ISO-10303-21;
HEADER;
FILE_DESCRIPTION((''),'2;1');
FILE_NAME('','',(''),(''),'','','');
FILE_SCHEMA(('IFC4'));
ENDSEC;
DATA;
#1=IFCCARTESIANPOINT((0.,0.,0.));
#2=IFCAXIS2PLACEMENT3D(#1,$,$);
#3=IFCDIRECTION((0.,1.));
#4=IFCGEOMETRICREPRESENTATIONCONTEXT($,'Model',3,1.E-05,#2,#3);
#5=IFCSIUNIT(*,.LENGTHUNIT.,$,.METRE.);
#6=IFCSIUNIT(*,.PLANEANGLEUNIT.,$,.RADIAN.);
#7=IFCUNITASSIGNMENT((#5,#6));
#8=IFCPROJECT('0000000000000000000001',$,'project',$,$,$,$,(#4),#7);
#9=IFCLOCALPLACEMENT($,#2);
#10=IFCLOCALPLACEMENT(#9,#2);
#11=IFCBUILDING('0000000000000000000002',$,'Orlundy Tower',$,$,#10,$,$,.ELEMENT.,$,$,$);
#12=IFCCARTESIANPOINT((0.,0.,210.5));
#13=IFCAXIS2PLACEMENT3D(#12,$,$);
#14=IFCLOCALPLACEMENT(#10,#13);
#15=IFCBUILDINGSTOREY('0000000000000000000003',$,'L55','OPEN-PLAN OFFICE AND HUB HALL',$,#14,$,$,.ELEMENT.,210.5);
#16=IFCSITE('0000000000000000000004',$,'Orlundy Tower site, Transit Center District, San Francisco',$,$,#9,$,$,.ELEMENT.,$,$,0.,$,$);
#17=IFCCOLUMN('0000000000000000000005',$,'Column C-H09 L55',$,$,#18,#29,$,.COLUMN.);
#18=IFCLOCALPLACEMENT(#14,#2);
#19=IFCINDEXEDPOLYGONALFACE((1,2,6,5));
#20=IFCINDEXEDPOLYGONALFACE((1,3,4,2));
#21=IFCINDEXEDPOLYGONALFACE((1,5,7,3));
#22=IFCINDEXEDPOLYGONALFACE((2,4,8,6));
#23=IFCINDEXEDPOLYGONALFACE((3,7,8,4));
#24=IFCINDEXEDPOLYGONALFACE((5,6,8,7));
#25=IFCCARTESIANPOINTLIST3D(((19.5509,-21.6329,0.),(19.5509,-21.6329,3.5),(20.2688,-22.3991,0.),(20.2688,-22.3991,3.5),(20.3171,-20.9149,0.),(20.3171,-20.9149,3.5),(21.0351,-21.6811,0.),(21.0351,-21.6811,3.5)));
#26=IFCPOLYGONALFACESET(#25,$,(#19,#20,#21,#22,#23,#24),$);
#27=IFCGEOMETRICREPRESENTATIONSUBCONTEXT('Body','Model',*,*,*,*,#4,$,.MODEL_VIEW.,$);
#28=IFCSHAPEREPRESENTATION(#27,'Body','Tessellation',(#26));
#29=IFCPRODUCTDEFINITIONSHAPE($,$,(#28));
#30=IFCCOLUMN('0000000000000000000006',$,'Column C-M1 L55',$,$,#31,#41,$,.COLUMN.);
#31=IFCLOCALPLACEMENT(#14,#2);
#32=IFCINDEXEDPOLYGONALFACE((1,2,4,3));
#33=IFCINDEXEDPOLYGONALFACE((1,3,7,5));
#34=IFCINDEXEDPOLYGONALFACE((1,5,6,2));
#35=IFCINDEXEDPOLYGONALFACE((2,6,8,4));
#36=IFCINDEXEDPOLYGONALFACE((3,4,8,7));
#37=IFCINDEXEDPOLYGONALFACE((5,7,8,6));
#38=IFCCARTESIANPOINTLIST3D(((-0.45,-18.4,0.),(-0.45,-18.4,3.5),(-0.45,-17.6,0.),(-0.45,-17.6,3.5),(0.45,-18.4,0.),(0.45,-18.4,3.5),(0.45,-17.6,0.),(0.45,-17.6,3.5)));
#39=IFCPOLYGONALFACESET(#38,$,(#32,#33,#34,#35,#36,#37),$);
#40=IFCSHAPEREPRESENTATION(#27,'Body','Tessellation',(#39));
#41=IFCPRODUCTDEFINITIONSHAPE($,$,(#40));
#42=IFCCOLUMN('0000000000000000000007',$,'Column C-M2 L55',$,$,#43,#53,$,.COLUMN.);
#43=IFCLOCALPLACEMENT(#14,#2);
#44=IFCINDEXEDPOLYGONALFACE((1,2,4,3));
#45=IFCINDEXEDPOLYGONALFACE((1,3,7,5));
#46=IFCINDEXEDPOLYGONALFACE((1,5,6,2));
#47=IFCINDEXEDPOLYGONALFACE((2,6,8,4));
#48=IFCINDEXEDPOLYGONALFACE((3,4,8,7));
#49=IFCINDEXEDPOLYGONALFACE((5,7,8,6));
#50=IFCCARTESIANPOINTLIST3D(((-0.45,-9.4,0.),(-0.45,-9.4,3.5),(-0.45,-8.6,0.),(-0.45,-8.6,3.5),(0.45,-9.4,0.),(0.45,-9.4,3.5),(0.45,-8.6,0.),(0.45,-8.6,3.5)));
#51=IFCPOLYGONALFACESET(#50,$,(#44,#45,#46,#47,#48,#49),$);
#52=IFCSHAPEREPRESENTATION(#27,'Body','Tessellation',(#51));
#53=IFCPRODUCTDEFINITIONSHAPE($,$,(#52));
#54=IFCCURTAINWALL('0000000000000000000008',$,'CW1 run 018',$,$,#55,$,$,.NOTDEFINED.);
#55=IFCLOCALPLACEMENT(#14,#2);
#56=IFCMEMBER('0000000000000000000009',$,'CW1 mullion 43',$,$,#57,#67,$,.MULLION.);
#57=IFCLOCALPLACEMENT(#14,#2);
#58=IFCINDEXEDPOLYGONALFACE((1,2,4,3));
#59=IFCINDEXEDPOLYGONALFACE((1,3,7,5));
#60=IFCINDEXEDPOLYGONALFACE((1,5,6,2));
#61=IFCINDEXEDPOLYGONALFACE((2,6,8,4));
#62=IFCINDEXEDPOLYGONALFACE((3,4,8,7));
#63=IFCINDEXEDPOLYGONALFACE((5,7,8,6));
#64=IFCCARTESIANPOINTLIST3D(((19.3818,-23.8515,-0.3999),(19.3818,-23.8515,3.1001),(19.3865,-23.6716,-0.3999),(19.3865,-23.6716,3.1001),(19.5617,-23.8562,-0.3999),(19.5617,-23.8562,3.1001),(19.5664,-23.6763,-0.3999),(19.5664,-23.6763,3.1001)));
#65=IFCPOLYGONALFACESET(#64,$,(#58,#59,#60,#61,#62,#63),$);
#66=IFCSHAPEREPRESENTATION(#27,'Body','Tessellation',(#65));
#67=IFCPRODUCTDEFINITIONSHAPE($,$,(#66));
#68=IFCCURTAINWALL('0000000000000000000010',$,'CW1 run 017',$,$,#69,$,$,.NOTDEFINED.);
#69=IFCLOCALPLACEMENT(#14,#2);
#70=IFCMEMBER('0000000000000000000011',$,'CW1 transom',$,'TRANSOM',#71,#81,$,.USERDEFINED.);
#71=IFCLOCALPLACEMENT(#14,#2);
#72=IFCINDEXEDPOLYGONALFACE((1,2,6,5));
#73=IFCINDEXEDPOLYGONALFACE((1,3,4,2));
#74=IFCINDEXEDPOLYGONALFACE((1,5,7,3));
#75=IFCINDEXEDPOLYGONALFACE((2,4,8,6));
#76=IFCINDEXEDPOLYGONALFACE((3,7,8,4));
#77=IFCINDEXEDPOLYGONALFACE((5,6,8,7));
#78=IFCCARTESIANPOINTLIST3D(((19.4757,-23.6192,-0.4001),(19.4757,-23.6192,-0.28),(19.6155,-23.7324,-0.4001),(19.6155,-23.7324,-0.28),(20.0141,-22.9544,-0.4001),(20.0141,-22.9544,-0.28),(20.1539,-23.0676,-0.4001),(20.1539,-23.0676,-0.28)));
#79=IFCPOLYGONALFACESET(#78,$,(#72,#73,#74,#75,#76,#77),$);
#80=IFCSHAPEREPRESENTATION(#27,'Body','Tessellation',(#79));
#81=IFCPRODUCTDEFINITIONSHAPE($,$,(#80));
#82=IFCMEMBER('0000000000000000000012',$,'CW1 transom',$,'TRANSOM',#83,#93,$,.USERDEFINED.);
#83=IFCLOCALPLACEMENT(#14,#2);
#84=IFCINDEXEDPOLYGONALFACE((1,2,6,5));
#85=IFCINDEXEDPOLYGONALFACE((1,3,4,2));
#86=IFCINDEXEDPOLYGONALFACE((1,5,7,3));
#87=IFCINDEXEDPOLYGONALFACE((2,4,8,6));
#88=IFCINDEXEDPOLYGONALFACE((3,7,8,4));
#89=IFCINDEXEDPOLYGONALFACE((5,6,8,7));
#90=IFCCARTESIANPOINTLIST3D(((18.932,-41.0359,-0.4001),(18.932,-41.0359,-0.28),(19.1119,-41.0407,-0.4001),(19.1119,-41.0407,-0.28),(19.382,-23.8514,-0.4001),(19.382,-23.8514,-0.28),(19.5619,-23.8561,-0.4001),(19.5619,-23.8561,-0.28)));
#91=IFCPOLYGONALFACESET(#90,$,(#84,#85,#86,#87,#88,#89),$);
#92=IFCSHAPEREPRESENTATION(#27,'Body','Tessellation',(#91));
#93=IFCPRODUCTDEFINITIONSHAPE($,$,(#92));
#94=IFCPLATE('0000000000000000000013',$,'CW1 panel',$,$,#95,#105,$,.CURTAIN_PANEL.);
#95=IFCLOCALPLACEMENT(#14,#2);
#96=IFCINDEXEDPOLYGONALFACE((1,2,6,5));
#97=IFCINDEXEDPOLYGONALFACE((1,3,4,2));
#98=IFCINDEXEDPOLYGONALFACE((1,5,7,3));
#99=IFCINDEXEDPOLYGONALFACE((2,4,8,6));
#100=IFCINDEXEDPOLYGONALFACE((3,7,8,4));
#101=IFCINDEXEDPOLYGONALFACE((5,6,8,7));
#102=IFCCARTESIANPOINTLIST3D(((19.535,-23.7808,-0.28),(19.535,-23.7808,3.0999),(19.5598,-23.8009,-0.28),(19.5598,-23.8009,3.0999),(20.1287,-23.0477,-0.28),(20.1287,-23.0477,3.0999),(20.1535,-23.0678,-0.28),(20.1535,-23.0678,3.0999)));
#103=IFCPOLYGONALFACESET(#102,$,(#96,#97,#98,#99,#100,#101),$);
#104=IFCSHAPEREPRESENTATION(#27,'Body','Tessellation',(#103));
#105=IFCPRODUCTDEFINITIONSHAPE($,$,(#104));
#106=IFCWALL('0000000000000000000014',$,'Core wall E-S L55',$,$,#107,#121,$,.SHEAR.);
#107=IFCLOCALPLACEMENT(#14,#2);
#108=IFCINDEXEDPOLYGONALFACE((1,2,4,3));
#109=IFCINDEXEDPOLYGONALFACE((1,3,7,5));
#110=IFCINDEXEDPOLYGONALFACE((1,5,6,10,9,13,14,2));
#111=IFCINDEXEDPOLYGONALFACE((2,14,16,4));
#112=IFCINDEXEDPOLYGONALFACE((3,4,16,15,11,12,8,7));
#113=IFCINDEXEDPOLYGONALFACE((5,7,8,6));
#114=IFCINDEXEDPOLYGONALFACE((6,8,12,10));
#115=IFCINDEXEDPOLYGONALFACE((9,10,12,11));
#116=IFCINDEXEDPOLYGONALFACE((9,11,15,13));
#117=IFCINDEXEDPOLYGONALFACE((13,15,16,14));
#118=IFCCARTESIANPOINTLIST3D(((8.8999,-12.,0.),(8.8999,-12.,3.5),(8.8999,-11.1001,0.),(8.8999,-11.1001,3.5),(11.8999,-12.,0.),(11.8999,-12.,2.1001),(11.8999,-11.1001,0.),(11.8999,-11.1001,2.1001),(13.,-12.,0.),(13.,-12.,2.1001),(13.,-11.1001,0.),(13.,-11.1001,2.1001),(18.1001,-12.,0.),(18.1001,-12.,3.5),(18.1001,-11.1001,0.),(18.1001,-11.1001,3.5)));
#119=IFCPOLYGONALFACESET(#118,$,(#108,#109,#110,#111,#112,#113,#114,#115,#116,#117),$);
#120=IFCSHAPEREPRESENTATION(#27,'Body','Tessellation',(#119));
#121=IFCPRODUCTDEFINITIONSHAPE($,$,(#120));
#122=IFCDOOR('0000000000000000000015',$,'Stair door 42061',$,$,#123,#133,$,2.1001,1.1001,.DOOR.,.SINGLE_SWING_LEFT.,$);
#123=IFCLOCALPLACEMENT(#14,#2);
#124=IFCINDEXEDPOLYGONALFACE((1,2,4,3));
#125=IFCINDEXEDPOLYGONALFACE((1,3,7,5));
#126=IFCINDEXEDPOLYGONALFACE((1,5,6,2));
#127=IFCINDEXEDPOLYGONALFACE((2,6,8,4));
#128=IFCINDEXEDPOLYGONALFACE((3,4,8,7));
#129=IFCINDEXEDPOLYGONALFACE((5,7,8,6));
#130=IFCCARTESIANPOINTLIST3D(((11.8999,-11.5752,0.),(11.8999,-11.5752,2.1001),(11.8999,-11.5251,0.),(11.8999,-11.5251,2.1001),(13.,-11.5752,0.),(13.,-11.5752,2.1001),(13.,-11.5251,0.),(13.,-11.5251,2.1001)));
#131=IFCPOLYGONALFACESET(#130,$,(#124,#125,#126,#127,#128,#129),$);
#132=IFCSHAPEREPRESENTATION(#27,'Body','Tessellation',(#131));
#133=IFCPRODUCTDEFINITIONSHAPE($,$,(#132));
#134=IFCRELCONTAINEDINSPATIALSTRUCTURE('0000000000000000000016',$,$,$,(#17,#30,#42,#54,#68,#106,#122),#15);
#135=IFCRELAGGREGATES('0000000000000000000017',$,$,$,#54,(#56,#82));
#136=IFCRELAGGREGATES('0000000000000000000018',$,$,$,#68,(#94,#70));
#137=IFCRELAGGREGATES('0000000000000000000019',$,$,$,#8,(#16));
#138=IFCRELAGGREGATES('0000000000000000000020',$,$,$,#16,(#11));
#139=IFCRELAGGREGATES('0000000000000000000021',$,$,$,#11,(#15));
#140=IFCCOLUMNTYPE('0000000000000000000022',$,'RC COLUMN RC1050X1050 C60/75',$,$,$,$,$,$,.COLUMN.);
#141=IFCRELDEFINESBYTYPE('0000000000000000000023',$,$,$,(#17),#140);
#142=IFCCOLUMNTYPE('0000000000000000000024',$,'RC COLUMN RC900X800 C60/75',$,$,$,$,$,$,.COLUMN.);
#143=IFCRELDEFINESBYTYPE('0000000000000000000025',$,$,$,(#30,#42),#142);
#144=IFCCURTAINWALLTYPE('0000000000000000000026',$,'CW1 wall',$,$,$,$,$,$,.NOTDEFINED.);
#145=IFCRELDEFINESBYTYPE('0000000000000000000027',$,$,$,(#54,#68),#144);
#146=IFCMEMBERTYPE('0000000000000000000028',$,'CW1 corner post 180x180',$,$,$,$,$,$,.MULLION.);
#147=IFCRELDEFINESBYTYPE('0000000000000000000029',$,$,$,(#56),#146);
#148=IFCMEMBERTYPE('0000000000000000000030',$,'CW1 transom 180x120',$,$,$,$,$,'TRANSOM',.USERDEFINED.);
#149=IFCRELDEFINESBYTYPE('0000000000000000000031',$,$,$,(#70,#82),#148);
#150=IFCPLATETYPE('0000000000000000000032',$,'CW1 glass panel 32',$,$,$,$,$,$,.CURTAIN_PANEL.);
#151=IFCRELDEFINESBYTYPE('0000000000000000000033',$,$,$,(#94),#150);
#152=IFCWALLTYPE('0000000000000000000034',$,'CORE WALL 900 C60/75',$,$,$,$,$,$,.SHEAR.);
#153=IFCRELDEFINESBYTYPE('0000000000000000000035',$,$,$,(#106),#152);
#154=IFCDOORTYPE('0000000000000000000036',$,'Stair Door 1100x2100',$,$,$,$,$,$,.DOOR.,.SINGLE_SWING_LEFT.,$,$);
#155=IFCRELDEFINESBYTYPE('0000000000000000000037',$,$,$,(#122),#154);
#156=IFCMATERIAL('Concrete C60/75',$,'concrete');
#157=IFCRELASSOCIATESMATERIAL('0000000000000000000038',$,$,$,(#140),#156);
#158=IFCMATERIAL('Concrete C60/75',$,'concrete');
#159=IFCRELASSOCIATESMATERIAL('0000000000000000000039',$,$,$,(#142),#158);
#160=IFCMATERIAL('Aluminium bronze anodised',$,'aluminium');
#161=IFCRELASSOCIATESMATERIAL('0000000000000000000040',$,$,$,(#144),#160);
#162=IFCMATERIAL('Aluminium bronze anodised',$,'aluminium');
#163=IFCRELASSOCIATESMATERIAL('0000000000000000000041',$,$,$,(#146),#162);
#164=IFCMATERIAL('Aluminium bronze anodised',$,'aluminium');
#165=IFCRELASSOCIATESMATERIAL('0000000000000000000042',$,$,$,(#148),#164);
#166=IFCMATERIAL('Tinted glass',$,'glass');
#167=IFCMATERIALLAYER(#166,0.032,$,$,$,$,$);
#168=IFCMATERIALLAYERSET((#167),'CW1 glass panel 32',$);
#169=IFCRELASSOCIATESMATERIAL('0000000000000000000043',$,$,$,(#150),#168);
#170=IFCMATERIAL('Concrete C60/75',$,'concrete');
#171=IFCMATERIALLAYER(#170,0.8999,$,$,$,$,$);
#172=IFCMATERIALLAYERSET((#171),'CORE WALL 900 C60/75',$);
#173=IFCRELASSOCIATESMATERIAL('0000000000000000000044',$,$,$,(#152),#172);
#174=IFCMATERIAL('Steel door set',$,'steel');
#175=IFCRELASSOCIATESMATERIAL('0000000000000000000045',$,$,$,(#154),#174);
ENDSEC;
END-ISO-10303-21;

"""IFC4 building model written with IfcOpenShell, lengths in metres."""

from ifc_helpers import new_model, si_unit, direction, frame, frame_2d, origin, origin_2d, place, context, subcontext, project, spatial, rectangle, extrude, material, layer, layer_set, material_profile, profile_set, type_object, element, fill, aggregate, save


model = new_model("IFC4")

# Units and contexts
model_context = context("Model", 3, precision=1e-05, world=origin(), true_north=direction((0.0, 1.0)))
body_context = subcontext(model_context, "Body", "Model", "MODEL_VIEW")
ifc_project = project(units=[si_unit("LENGTHUNIT", "METRE"), si_unit("PLANEANGLEUNIT", "RADIAN")], contexts=[model_context])

# Site, building, storey
site_placement = place(None, origin())
site = spatial("IfcSite", under=ifc_project, at=site_placement, Name="Orlundy Tower site, Transit Center District, San Francisco", CompositionType="ELEMENT", RefElevation=0.0)
building_placement = place(site_placement, origin())
building = spatial("IfcBuilding", under=site, at=building_placement, Name="Orlundy Tower", CompositionType="ELEMENT")
storey_placement = place(building_placement, frame((0.0, 0.0, 210.5)))
storey = spatial("IfcBuildingStorey", under=building, at=storey_placement, Name="L55", Description="OPEN-PLAN OFFICE AND HUB HALL", CompositionType="ELEMENT", Elevation=210.5)

# Columns
ifc_material_1 = material(Name="Concrete C60/75", Category="concrete")
ifc_material_profile_1 = material_profile(ifc_material_1, rectangle(XDim=1.05, YDim=1.05, at=origin_2d()), Name="RC1050X1050")
ifc_profile_set_1 = profile_set([ifc_material_profile_1], Name="Concrete C60/75")
column_type_1 = type_object("IfcColumnType", Name="RC COLUMN RC1050X1050 C60/75", PredefinedType="COLUMN", material=ifc_profile_set_1)
column_placement = place(storey_placement, frame((20.293, -21.657, 0.0), z_axis=(0.0, 0.0, 1.0), x_axis=(0.683758, -0.729709, 0.0)))
element("IfcColumn", 1, at=column_placement, inside=storey, type_object=column_type_1, Name="Column C-H09 L55", PredefinedType="COLUMN", context=body_context, shape_type="SweptSolid", body=[
    extrude(rectangle(XDim=1.05, YDim=1.05, at=origin_2d()), origin(), (0.0, 0.0, 1.0), 3.5),
])
ifc_material_2 = material(Name="Concrete C60/75", Category="concrete")
ifc_material_profile_2 = material_profile(ifc_material_2, rectangle(XDim=0.8999, YDim=0.8, at=origin_2d()), Name="RC900X800")
ifc_profile_set_2 = profile_set([ifc_material_profile_2], Name="Concrete C60/75")
column_type_2 = type_object("IfcColumnType", Name="RC COLUMN RC900X800 C60/75", PredefinedType="COLUMN", material=ifc_profile_set_2)
for number, where, z_axis, x_axis, name in (
    (2, (0.0, -18.0, 0.0), (0.0, 0.0, 1.0), (1.0, 0.0, 0.0), "Column C-M1 L55"),
    (3, (0.0, -9.0, 0.0), (0.0, 0.0, 1.0), (1.0, 0.0, 0.0), "Column C-M2 L55"),
):
    element("IfcColumn", number, at=place(storey_placement, frame(where, z_axis=z_axis, x_axis=x_axis)), inside=storey, type_object=column_type_2, Name=name, PredefinedType="COLUMN", context=body_context, shape_type="SweptSolid", body=[
        extrude(rectangle(XDim=0.8999, YDim=0.8, at=origin_2d()), origin(), (0.0, 0.0, 1.0), 3.5),
    ])

# Curtain walls, members
ifc_material_3 = material(Name="Aluminium bronze anodised", Category="aluminium")
curtain_wall_type = type_object("IfcCurtainWallType", Name="CW1 wall", PredefinedType="NOTDEFINED", material=ifc_material_3)
curtain_wall_1_placement = place(storey_placement, origin())
curtain_wall_1 = element("IfcCurtainWall", 4, at=curtain_wall_1_placement, inside=storey, type_object=curtain_wall_type, Name="CW1 run 018", PredefinedType="NOTDEFINED")
ifc_material_4 = material(Name="Aluminium bronze anodised", Category="aluminium")
ifc_material_profile_3 = material_profile(ifc_material_4, rectangle(XDim=0.1799, YDim=0.1799, at=origin_2d()), Name="CW1 corner post 180x180")
ifc_profile_set_3 = profile_set([ifc_material_profile_3], Name="Aluminium bronze anodised")
member_type_1 = type_object("IfcMemberType", Name="CW1 corner post 180x180", PredefinedType="MULLION", material=ifc_profile_set_3)
member_1_placement = place(storey_placement, frame((19.4741, -23.7639, -0.3999), z_axis=(0.0, 0.0, 1.0), x_axis=(0.999658, -0.026166, 0.0)))
member_1 = element("IfcMember", 5, at=member_1_placement, type_object=member_type_1, Name="CW1 mullion 43", PredefinedType="MULLION", context=body_context, shape_type="SweptSolid", body=[
    extrude(rectangle(XDim=0.1799, YDim=0.1799, at=origin_2d()), origin(), (0.0, 0.0, 1.0), 3.5),
])
curtain_wall_2_placement = place(storey_placement, origin())
curtain_wall_2 = element("IfcCurtainWall", 6, at=curtain_wall_2_placement, inside=storey, type_object=curtain_wall_type, Name="CW1 run 017", PredefinedType="NOTDEFINED")
ifc_material_5 = material(Name="Aluminium bronze anodised", Category="aluminium")
ifc_material_profile_4 = material_profile(ifc_material_5, rectangle(XDim=0.1799, YDim=0.1201, at=origin_2d()), Name="CW1 transom 180x120")
ifc_profile_set_4 = profile_set([ifc_material_profile_4], Name="Aluminium bronze anodised")
member_type_2 = type_object("IfcMemberType", Name="CW1 transom 180x120", ElementType="TRANSOM", PredefinedType="USERDEFINED", material=ifc_profile_set_4)
member_2_placement = place(storey_placement, frame((20.084, -23.011, -0.3401), z_axis=(-0.629313, -0.777152, 0.0), x_axis=(0.777152, -0.629313, 0.0)))
member_2 = element("IfcMember", 7, at=member_2_placement, type_object=member_type_2, Name="CW1 transom", ObjectType="TRANSOM", PredefinedType="USERDEFINED", context=body_context, shape_type="SweptSolid", body=[
    extrude(rectangle(XDim=0.1799, YDim=0.1201, at=origin_2d()), origin(), (0.0, 0.0, 1.0), 0.8555),
])

# Member
member_3_placement = place(storey_placement, frame((19.4719, -23.8538, -0.3401), z_axis=(-0.026174, -0.999657, 0.0), x_axis=(0.999657, -0.026174, 0.0)))
member_3 = element("IfcMember", 8, at=member_3_placement, type_object=member_type_2, Name="CW1 transom", ObjectType="TRANSOM", PredefinedType="USERDEFINED", context=body_context, shape_type="SweptSolid", body=[
    extrude(rectangle(XDim=0.1799, YDim=0.1201, at=origin_2d()), origin(), (0.0, 0.0, 1.0), 17.1904),
])
aggregate(curtain_wall_1, [member_1, member_3])

# Plate
ifc_material_6 = material(Name="Tinted glass", Category="glass")
ifc_layer_1 = layer(ifc_material_6, 0.032)
ifc_layer_set_1 = layer_set([ifc_layer_1], Name="CW1 glass panel 32")
plate_type = type_object("IfcPlateType", Name="CW1 glass panel 32", PredefinedType="CURTAIN_PANEL", material=ifc_layer_set_1)
plate_placement = place(storey_placement, frame((19.8442, -23.4243, -0.28), z_axis=(0.0, 0.0, 1.0), x_axis=(-0.629353, -0.77712, 0.0)))
plate = element("IfcPlate", 9, at=plate_placement, type_object=plate_type, Name="CW1 panel", PredefinedType="CURTAIN_PANEL", context=body_context, shape_type="SweptSolid", body=[
    extrude(rectangle(XDim=0.9434, YDim=0.032, at=origin_2d()), origin(), (0.0, 0.0, 1.0), 3.3799),
])
aggregate(curtain_wall_2, [plate, member_2])

# Wall, opening, door
ifc_material_7 = material(Name="Concrete C60/75", Category="concrete")
ifc_layer_2 = layer(ifc_material_7, 0.8999)
ifc_layer_set_2 = layer_set([ifc_layer_2], Name="CORE WALL 900 C60/75")
wall_type_1 = type_object("IfcWallType", Name="CORE WALL 900 C60/75", PredefinedType="SHEAR", material=ifc_layer_set_2)
wall_1_placement = place(storey_placement, frame((8.8999, -11.55, 0.0), z_axis=(0.0, 0.0, 1.0), x_axis=(1.0, 0.0, 0.0)))
wall_1 = element("IfcWall", 10, at=wall_1_placement, inside=storey, type_object=wall_type_1, Name="Core wall E-S L55", PredefinedType="SHEAR", context=body_context, shape_type="SweptSolid", body=[
    extrude(rectangle(XDim=9.2002, YDim=0.8999, at=frame_2d((4.6001, 0.0))), origin(), (0.0, 0.0, 1.0), 3.5),
])
opening_1_placement = place(wall_1_placement, frame((3.0, 0.0, 0.0)))
opening_1 = element("IfcOpeningElement", 11, at=opening_1_placement, cuts=wall_1, PredefinedType="OPENING", context=body_context, shape_type="SweptSolid", body=[
    extrude(rectangle(XDim=1.1001, YDim=2.1001, at=frame_2d((0.55, 1.05))), frame((0.0, 0.46, 0.0), z_axis=(0.0, -1.0, 0.0), x_axis=(1.0, 0.0, 0.0)), (0.0, 0.0, 1.0), 0.9199),
])
ifc_material_8 = material(Name="Steel door set", Category="steel")
door_type_1 = type_object("IfcDoorType", Name="Stair Door 1100x2100", OperationType="SINGLE_SWING_LEFT", PredefinedType="DOOR", material=ifc_material_8)
door_1_placement = place(opening_1_placement, origin())
door_1 = element("IfcDoor", 12, at=door_1_placement, inside=storey, type_object=door_type_1, Name="Stair door 42061", OperationType="SINGLE_SWING_LEFT", OverallHeight=2.1001, OverallWidth=1.1001, PredefinedType="DOOR", context=body_context, shape_type="SweptSolid", body=[
    extrude(rectangle(XDim=1.1001, YDim=2.1001, at=frame_2d((0.55, 1.05))), frame((0.0, 0.0249, 0.0), z_axis=(0.0, -1.0, 0.0), x_axis=(1.0, 0.0, 0.0)), (0.0, 0.0, 1.0), 0.05),
])
fill(opening_1, door_1)

save(model, "model.ifc")
